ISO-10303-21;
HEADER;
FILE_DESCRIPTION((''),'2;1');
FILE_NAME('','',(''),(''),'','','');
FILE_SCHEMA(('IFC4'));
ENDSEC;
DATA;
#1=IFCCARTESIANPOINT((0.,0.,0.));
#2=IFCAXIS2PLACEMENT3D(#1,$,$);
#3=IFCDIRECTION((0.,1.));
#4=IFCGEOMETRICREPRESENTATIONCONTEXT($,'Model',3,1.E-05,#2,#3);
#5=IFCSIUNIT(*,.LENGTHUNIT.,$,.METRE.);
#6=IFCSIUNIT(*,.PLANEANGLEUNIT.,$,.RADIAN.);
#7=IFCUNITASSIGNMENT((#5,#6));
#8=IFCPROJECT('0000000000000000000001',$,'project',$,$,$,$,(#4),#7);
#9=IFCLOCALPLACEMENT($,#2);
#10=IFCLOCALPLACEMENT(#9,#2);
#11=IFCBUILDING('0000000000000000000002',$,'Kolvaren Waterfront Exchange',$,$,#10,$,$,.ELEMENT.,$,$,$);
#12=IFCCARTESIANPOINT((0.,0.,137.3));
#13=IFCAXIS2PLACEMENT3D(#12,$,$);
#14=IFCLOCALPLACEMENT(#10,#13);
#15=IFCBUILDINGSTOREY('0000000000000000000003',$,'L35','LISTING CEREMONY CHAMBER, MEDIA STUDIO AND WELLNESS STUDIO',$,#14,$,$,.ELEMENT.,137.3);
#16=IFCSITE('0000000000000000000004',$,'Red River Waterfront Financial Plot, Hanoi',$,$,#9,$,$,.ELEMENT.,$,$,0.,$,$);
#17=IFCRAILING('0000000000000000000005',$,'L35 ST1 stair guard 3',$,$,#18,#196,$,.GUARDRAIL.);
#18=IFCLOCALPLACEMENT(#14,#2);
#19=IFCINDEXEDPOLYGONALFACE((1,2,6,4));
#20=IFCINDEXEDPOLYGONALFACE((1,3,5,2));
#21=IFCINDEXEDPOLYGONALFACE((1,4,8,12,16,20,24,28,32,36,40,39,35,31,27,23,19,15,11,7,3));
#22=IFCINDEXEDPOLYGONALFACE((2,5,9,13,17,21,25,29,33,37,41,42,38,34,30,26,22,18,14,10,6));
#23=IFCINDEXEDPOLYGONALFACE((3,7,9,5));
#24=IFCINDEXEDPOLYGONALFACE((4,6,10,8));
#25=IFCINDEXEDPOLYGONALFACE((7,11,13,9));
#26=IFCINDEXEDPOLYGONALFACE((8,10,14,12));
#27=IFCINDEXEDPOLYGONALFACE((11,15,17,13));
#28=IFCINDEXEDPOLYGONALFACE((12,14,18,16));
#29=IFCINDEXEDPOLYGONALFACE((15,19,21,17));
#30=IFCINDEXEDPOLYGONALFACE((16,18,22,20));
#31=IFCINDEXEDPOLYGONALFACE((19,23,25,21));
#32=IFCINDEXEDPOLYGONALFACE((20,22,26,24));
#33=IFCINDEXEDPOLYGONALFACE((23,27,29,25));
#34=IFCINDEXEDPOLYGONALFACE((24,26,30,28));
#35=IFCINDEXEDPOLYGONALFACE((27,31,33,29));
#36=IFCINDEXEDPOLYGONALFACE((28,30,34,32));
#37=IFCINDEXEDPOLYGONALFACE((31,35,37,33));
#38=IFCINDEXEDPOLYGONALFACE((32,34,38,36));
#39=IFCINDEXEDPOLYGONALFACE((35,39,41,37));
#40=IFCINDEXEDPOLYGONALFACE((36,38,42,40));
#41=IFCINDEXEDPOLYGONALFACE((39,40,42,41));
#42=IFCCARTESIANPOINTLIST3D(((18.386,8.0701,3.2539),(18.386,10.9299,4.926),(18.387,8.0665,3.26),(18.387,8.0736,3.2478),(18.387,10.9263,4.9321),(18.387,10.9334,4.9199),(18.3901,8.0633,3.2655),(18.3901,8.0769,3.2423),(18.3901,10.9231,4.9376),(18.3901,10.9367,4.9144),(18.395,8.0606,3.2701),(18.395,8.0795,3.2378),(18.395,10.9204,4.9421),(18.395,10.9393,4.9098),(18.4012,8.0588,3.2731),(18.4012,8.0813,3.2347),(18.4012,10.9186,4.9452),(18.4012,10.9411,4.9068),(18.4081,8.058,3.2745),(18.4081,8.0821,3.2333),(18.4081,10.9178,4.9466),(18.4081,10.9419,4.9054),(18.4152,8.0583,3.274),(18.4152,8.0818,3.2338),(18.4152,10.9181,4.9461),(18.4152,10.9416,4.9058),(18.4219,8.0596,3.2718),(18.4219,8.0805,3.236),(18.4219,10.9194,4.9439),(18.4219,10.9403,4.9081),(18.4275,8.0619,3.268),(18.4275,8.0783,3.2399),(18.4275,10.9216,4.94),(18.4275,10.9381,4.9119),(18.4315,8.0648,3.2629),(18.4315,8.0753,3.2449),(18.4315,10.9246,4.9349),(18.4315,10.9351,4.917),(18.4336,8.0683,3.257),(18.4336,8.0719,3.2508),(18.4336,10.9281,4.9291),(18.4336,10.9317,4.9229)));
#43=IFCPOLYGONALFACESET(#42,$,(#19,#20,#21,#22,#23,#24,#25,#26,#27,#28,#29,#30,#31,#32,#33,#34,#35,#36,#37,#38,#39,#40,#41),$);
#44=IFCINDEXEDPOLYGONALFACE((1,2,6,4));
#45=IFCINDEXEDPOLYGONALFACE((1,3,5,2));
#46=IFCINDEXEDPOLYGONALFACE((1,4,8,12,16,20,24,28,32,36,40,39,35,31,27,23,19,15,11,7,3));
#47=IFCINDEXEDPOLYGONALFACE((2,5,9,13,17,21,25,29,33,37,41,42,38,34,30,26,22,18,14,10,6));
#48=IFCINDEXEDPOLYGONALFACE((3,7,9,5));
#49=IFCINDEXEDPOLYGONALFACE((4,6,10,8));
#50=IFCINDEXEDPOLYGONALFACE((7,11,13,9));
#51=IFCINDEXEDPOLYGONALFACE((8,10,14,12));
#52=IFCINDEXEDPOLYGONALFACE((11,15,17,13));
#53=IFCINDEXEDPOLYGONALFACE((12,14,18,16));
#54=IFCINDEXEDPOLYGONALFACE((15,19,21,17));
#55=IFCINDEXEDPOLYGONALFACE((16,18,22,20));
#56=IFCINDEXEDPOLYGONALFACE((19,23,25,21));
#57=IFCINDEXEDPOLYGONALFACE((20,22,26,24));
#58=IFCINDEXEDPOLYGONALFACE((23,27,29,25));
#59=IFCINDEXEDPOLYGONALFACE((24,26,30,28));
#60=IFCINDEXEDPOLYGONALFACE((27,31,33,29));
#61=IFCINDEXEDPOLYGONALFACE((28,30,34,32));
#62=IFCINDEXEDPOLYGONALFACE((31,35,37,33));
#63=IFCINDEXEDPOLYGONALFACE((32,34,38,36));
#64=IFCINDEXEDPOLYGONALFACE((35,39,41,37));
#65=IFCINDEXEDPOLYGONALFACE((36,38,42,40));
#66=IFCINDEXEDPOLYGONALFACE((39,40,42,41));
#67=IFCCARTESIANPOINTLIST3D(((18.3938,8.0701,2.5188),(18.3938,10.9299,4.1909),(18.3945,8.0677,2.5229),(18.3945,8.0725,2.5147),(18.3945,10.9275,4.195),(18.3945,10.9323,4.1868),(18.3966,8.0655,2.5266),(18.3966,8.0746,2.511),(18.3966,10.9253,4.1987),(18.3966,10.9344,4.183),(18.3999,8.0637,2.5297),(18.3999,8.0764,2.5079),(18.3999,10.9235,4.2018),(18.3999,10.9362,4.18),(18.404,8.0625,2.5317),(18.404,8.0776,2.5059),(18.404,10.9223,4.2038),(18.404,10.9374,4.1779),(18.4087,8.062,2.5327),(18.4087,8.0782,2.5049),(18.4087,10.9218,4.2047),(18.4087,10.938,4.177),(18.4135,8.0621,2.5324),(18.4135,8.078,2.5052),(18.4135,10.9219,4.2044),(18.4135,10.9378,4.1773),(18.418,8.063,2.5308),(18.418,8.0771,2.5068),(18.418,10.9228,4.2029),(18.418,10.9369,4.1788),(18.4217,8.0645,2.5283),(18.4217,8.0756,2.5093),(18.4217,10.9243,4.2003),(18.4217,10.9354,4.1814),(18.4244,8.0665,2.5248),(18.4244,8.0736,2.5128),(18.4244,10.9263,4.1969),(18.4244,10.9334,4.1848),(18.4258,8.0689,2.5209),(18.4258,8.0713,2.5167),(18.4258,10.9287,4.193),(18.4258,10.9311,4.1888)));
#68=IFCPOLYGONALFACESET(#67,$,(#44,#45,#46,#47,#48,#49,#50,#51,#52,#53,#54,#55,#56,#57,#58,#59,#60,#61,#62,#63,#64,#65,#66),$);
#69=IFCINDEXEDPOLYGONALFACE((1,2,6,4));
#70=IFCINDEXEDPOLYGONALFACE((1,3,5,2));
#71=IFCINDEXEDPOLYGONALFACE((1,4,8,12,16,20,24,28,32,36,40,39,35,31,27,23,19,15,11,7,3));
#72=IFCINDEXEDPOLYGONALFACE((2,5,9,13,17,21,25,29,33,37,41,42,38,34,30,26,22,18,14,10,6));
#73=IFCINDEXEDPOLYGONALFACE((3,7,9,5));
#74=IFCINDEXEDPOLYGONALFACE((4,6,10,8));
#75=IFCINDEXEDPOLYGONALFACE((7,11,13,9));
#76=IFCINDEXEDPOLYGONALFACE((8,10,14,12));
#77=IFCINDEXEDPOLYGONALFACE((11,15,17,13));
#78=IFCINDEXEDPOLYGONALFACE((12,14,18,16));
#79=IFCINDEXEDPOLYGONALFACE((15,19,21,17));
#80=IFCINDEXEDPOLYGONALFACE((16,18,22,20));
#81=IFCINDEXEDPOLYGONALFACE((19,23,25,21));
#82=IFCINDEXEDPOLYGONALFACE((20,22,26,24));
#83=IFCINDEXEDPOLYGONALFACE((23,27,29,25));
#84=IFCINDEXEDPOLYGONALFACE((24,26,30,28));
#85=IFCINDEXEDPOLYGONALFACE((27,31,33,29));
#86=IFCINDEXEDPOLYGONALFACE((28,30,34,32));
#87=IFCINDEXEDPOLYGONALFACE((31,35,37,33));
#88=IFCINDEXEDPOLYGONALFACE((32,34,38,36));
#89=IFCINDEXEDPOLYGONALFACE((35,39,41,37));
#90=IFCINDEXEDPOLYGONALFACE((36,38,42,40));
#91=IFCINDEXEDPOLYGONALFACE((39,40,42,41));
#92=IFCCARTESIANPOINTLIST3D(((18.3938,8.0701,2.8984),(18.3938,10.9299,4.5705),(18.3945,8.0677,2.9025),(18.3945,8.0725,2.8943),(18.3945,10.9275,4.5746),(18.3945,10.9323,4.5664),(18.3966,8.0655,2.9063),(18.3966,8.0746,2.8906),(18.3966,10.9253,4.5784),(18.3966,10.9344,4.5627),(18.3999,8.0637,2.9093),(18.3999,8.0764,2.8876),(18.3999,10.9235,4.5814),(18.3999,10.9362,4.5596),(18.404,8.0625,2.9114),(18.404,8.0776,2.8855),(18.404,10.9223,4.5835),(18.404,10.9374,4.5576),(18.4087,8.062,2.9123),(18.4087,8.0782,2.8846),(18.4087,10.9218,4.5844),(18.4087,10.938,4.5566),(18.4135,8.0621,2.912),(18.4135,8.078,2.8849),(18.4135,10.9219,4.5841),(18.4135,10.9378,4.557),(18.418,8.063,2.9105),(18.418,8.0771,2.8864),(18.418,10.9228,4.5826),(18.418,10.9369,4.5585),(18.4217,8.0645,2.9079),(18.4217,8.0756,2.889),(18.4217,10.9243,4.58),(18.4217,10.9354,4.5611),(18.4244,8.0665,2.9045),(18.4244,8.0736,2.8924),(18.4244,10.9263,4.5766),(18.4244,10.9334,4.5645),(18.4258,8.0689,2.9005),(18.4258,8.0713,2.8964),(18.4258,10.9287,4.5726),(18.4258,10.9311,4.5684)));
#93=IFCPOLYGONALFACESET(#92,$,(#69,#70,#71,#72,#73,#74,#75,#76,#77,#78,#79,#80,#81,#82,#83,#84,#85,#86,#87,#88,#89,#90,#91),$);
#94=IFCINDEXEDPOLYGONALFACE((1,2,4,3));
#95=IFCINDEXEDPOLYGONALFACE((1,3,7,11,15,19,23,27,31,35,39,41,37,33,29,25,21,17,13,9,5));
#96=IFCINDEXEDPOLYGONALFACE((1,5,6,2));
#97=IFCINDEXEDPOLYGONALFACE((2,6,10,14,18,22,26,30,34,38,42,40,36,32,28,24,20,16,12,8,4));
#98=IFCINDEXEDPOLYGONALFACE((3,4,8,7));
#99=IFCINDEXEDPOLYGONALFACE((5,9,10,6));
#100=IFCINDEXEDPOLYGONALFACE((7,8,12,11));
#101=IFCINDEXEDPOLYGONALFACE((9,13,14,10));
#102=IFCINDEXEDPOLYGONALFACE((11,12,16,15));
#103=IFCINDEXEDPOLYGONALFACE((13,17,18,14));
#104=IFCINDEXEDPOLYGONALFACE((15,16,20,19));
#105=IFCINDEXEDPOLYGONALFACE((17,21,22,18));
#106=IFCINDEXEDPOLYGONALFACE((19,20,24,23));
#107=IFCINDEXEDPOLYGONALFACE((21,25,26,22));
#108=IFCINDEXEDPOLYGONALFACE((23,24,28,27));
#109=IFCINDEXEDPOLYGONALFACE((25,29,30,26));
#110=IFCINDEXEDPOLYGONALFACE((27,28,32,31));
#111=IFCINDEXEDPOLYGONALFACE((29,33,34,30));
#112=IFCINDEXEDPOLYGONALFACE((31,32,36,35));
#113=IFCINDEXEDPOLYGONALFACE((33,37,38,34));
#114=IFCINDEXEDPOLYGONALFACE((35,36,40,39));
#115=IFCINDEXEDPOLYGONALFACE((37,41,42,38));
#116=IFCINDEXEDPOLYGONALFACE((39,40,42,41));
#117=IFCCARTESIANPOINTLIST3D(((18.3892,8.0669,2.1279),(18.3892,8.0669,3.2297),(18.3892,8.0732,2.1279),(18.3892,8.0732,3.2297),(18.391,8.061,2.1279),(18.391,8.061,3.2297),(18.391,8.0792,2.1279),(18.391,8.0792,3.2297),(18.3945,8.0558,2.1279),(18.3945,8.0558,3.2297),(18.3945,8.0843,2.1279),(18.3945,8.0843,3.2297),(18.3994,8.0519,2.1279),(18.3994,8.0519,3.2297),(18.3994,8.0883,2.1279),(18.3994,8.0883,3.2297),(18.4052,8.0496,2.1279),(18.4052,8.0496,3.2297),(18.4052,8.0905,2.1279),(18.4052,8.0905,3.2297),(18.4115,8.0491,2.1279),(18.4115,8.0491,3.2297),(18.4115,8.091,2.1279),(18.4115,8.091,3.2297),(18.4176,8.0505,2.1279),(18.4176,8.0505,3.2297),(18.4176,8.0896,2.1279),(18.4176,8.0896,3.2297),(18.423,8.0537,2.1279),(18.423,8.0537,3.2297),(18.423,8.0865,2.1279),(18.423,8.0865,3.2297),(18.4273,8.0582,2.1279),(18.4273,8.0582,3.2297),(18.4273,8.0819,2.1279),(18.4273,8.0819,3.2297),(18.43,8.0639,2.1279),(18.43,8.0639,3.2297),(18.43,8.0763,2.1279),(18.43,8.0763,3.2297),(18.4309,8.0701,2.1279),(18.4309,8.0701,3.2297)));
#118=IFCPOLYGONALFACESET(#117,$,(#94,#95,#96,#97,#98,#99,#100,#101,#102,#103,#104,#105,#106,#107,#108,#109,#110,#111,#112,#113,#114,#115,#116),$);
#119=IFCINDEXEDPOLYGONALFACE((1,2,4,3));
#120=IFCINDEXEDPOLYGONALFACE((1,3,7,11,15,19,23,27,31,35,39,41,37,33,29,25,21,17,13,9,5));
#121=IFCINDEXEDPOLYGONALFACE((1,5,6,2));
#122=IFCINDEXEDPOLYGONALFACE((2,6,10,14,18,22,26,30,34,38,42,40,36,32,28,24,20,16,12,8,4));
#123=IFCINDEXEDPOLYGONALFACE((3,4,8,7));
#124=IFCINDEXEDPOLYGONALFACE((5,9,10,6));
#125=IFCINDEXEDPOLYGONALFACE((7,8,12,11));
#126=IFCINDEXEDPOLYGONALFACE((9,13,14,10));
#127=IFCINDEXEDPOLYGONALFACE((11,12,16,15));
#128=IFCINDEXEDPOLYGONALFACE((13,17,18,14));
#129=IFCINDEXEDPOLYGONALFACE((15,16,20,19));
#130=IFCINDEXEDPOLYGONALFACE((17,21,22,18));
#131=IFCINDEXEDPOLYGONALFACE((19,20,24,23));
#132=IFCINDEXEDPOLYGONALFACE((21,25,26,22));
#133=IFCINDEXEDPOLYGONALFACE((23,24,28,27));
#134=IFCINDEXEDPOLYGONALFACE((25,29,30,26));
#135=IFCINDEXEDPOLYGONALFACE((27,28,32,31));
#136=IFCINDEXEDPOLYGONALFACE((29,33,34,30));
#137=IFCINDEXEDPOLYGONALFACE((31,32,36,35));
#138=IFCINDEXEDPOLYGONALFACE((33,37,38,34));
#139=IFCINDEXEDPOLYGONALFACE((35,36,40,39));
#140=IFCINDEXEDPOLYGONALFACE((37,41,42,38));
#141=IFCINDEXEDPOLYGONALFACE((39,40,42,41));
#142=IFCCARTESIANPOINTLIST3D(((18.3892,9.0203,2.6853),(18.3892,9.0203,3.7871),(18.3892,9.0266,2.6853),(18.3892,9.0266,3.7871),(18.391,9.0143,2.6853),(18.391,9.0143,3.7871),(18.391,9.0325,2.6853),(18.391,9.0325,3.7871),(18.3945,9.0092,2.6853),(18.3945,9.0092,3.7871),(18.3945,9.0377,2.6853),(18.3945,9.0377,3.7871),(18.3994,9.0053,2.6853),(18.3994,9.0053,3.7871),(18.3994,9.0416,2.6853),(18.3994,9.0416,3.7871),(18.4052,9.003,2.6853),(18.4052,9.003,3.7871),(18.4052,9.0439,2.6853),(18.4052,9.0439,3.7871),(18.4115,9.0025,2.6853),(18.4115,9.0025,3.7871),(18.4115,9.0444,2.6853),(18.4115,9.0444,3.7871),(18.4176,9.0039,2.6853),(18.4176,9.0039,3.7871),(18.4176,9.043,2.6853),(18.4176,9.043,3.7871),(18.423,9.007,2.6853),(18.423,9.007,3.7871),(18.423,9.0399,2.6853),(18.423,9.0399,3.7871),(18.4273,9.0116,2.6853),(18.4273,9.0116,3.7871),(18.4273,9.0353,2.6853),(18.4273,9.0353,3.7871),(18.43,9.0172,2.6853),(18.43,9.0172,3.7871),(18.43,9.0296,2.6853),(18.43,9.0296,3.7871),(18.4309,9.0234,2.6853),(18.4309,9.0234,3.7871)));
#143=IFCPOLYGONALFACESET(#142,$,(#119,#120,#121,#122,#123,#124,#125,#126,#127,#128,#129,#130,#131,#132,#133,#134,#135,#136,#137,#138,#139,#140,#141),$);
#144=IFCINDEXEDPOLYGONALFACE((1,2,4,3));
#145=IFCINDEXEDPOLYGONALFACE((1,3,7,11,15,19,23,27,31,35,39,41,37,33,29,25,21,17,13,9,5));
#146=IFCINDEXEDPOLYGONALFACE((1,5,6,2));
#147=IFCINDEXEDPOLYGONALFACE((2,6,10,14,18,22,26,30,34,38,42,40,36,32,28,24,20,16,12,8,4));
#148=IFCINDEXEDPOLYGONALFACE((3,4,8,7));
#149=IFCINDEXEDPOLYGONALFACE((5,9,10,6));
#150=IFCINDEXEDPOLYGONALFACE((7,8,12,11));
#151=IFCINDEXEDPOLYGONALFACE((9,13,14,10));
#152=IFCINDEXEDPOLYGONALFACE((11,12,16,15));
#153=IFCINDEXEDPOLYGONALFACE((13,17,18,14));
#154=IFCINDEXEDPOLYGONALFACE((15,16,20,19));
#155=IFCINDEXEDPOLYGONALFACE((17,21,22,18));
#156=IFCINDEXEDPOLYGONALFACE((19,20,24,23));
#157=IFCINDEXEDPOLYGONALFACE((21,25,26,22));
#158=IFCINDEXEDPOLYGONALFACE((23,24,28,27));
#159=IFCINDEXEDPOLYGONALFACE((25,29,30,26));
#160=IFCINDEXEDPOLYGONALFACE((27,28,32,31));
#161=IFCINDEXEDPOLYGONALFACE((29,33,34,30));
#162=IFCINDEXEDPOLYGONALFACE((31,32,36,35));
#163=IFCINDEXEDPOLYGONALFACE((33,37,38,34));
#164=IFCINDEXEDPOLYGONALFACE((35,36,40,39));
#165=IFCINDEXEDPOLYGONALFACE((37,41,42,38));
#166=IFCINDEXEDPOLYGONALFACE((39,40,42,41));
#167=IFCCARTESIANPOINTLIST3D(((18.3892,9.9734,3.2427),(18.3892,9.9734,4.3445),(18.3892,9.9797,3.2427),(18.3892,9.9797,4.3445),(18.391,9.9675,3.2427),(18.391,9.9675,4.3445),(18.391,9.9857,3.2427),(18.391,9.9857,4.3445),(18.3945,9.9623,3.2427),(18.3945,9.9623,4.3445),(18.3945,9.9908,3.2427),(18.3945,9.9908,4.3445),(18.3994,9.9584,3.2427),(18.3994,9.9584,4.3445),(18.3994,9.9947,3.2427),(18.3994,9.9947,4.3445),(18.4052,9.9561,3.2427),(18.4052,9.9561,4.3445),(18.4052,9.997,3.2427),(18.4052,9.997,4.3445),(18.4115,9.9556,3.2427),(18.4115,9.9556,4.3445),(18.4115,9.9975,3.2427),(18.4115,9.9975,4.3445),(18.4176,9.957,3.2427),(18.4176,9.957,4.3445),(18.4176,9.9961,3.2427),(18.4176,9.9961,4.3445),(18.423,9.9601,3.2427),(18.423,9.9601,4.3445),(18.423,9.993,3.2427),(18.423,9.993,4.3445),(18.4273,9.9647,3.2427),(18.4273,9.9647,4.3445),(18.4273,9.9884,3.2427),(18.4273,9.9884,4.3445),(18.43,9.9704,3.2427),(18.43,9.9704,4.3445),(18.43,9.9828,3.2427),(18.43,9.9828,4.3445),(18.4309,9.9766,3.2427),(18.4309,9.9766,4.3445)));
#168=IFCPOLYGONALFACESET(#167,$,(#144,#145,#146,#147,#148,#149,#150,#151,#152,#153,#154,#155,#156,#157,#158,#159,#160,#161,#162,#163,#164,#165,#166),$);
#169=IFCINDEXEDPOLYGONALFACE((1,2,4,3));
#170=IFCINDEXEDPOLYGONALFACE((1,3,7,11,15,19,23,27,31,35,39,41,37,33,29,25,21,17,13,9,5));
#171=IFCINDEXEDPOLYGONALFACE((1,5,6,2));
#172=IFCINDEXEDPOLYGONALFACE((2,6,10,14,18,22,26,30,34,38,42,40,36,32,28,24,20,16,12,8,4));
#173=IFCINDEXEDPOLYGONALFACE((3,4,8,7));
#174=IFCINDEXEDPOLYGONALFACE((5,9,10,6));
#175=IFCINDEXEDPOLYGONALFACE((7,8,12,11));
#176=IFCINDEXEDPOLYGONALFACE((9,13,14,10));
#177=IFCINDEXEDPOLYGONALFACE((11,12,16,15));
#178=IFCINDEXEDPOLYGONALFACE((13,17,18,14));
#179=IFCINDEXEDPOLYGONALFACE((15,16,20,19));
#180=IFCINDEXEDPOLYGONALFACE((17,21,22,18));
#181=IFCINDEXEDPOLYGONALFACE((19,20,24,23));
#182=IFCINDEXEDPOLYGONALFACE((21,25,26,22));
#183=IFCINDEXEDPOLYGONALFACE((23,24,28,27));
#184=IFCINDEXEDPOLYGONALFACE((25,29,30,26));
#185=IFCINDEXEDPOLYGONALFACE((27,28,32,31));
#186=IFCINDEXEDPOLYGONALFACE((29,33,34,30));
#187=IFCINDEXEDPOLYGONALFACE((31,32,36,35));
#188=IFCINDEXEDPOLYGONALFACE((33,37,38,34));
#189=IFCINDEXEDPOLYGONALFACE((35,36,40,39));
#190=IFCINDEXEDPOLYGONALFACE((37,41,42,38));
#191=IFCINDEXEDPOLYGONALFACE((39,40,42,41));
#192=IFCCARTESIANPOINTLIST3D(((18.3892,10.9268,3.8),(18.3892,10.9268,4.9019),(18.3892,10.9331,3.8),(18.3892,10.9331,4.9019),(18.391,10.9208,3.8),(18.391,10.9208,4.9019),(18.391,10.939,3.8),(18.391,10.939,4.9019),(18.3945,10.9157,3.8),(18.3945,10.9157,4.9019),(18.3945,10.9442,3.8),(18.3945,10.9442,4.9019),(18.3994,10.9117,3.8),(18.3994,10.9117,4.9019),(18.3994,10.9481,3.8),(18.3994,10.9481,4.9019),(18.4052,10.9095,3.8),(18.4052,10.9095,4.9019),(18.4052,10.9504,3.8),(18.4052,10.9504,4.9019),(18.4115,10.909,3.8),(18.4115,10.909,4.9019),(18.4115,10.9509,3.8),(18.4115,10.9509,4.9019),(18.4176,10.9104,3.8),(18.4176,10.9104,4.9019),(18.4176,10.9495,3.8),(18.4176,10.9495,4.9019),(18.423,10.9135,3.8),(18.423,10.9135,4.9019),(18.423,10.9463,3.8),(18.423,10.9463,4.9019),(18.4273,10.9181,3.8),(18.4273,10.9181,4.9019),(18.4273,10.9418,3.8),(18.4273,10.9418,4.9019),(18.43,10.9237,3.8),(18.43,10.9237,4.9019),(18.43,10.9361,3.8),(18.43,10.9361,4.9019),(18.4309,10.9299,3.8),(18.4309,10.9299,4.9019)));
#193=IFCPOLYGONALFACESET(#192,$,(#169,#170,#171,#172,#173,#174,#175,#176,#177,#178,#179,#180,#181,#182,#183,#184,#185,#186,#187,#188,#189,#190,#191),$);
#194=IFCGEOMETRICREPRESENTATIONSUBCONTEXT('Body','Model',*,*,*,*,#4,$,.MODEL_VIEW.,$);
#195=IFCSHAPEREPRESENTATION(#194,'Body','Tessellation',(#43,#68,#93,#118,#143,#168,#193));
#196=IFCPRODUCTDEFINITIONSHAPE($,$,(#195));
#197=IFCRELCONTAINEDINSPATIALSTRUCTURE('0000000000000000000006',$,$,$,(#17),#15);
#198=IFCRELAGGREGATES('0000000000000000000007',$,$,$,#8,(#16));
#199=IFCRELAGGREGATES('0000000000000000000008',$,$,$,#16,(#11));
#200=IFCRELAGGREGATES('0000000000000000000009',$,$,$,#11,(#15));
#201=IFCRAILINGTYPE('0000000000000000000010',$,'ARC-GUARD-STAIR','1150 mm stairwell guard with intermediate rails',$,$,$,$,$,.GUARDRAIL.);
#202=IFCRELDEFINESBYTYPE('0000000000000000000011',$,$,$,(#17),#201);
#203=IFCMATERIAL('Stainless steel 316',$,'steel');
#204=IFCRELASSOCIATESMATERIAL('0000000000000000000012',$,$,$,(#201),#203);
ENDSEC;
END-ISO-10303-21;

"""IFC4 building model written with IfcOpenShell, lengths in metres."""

from ifc_helpers import new_model, si_unit, direction, frame, origin, origin_2d, place, context, subcontext, project, spatial, circle, extrude, material, type_object, element, save


model = new_model("IFC4")

# Units and contexts
model_context = context("Model", 3, precision=1e-05, world=origin(), true_north=direction((0.0, 1.0)))
body_context = subcontext(model_context, "Body", "Model", "MODEL_VIEW")
ifc_project = project(units=[si_unit("LENGTHUNIT", "METRE"), si_unit("PLANEANGLEUNIT", "RADIAN")], contexts=[model_context])

# Site, building, storey
site_placement = place(None, origin())
site = spatial("IfcSite", under=ifc_project, at=site_placement, Name="Red River Waterfront Financial Plot, Hanoi", CompositionType="ELEMENT", RefElevation=0.0)
building_placement = place(site_placement, origin())
building = spatial("IfcBuilding", under=site, at=building_placement, Name="Kolvaren Waterfront Exchange", CompositionType="ELEMENT")
storey_placement = place(building_placement, frame((0.0, 0.0, 137.3)))
storey = spatial("IfcBuildingStorey", under=building, at=storey_placement, Name="L35", Description="LISTING CEREMONY CHAMBER, MEDIA STUDIO AND WELLNESS STUDIO", CompositionType="ELEMENT", Elevation=137.3)

# Railing
ifc_material_1 = material(Name="Stainless steel 316", Category="steel")
railing_type_1 = type_object("IfcRailingType", Name="ARC-GUARD-STAIR", Description="1150 mm stairwell guard with intermediate rails", PredefinedType="GUARDRAIL", material=ifc_material_1)
railing_1_placement = place(storey_placement, frame((18.4099, 8.0701, 2.1279)))
element("IfcRailing", 1, at=railing_1_placement, inside=storey, type_object=railing_type_1, Name="L35 ST1 stair guard 3", PredefinedType="GUARDRAIL", context=body_context, shape_type="SweptSolid", body=[
    extrude(circle(Radius=0.0239, at=origin_2d()), frame((0.0, 0.0, 1.126), z_axis=(0.0, 0.863271, 0.504741), x_axis=(-1.0, 0.0, 0.0)), (0.0, 0.0, 1.0), 3.3127),
    extrude(circle(Radius=0.0161, at=origin_2d()), frame((0.0, 0.0, 0.3909), z_axis=(0.0, 0.863271, 0.504741), x_axis=(-1.0, 0.0, 0.0)), (0.0, 0.0, 1.0), 3.3127),
    extrude(circle(Radius=0.0161, at=origin_2d()), frame((0.0, 0.0, 0.7705), z_axis=(0.0, 0.863271, 0.504741), x_axis=(-1.0, 0.0, 0.0)), (0.0, 0.0, 1.0), 3.3127),
    extrude(circle(Radius=0.021, at=origin_2d()), origin(), (0.0, 0.0, 1.0), 1.1018),
    extrude(circle(Radius=0.021, at=origin_2d()), frame((0.0, 0.9534, 0.5574)), (0.0, 0.0, 1.0), 1.1018),
    extrude(circle(Radius=0.021, at=origin_2d()), frame((0.0, 1.9065, 1.1147)), (0.0, 0.0, 1.0), 1.1018),
    extrude(circle(Radius=0.021, at=origin_2d()), frame((0.0, 2.8599, 1.6721)), (0.0, 0.0, 1.0), 1.1018),
])

save(model, "model.ifc")
